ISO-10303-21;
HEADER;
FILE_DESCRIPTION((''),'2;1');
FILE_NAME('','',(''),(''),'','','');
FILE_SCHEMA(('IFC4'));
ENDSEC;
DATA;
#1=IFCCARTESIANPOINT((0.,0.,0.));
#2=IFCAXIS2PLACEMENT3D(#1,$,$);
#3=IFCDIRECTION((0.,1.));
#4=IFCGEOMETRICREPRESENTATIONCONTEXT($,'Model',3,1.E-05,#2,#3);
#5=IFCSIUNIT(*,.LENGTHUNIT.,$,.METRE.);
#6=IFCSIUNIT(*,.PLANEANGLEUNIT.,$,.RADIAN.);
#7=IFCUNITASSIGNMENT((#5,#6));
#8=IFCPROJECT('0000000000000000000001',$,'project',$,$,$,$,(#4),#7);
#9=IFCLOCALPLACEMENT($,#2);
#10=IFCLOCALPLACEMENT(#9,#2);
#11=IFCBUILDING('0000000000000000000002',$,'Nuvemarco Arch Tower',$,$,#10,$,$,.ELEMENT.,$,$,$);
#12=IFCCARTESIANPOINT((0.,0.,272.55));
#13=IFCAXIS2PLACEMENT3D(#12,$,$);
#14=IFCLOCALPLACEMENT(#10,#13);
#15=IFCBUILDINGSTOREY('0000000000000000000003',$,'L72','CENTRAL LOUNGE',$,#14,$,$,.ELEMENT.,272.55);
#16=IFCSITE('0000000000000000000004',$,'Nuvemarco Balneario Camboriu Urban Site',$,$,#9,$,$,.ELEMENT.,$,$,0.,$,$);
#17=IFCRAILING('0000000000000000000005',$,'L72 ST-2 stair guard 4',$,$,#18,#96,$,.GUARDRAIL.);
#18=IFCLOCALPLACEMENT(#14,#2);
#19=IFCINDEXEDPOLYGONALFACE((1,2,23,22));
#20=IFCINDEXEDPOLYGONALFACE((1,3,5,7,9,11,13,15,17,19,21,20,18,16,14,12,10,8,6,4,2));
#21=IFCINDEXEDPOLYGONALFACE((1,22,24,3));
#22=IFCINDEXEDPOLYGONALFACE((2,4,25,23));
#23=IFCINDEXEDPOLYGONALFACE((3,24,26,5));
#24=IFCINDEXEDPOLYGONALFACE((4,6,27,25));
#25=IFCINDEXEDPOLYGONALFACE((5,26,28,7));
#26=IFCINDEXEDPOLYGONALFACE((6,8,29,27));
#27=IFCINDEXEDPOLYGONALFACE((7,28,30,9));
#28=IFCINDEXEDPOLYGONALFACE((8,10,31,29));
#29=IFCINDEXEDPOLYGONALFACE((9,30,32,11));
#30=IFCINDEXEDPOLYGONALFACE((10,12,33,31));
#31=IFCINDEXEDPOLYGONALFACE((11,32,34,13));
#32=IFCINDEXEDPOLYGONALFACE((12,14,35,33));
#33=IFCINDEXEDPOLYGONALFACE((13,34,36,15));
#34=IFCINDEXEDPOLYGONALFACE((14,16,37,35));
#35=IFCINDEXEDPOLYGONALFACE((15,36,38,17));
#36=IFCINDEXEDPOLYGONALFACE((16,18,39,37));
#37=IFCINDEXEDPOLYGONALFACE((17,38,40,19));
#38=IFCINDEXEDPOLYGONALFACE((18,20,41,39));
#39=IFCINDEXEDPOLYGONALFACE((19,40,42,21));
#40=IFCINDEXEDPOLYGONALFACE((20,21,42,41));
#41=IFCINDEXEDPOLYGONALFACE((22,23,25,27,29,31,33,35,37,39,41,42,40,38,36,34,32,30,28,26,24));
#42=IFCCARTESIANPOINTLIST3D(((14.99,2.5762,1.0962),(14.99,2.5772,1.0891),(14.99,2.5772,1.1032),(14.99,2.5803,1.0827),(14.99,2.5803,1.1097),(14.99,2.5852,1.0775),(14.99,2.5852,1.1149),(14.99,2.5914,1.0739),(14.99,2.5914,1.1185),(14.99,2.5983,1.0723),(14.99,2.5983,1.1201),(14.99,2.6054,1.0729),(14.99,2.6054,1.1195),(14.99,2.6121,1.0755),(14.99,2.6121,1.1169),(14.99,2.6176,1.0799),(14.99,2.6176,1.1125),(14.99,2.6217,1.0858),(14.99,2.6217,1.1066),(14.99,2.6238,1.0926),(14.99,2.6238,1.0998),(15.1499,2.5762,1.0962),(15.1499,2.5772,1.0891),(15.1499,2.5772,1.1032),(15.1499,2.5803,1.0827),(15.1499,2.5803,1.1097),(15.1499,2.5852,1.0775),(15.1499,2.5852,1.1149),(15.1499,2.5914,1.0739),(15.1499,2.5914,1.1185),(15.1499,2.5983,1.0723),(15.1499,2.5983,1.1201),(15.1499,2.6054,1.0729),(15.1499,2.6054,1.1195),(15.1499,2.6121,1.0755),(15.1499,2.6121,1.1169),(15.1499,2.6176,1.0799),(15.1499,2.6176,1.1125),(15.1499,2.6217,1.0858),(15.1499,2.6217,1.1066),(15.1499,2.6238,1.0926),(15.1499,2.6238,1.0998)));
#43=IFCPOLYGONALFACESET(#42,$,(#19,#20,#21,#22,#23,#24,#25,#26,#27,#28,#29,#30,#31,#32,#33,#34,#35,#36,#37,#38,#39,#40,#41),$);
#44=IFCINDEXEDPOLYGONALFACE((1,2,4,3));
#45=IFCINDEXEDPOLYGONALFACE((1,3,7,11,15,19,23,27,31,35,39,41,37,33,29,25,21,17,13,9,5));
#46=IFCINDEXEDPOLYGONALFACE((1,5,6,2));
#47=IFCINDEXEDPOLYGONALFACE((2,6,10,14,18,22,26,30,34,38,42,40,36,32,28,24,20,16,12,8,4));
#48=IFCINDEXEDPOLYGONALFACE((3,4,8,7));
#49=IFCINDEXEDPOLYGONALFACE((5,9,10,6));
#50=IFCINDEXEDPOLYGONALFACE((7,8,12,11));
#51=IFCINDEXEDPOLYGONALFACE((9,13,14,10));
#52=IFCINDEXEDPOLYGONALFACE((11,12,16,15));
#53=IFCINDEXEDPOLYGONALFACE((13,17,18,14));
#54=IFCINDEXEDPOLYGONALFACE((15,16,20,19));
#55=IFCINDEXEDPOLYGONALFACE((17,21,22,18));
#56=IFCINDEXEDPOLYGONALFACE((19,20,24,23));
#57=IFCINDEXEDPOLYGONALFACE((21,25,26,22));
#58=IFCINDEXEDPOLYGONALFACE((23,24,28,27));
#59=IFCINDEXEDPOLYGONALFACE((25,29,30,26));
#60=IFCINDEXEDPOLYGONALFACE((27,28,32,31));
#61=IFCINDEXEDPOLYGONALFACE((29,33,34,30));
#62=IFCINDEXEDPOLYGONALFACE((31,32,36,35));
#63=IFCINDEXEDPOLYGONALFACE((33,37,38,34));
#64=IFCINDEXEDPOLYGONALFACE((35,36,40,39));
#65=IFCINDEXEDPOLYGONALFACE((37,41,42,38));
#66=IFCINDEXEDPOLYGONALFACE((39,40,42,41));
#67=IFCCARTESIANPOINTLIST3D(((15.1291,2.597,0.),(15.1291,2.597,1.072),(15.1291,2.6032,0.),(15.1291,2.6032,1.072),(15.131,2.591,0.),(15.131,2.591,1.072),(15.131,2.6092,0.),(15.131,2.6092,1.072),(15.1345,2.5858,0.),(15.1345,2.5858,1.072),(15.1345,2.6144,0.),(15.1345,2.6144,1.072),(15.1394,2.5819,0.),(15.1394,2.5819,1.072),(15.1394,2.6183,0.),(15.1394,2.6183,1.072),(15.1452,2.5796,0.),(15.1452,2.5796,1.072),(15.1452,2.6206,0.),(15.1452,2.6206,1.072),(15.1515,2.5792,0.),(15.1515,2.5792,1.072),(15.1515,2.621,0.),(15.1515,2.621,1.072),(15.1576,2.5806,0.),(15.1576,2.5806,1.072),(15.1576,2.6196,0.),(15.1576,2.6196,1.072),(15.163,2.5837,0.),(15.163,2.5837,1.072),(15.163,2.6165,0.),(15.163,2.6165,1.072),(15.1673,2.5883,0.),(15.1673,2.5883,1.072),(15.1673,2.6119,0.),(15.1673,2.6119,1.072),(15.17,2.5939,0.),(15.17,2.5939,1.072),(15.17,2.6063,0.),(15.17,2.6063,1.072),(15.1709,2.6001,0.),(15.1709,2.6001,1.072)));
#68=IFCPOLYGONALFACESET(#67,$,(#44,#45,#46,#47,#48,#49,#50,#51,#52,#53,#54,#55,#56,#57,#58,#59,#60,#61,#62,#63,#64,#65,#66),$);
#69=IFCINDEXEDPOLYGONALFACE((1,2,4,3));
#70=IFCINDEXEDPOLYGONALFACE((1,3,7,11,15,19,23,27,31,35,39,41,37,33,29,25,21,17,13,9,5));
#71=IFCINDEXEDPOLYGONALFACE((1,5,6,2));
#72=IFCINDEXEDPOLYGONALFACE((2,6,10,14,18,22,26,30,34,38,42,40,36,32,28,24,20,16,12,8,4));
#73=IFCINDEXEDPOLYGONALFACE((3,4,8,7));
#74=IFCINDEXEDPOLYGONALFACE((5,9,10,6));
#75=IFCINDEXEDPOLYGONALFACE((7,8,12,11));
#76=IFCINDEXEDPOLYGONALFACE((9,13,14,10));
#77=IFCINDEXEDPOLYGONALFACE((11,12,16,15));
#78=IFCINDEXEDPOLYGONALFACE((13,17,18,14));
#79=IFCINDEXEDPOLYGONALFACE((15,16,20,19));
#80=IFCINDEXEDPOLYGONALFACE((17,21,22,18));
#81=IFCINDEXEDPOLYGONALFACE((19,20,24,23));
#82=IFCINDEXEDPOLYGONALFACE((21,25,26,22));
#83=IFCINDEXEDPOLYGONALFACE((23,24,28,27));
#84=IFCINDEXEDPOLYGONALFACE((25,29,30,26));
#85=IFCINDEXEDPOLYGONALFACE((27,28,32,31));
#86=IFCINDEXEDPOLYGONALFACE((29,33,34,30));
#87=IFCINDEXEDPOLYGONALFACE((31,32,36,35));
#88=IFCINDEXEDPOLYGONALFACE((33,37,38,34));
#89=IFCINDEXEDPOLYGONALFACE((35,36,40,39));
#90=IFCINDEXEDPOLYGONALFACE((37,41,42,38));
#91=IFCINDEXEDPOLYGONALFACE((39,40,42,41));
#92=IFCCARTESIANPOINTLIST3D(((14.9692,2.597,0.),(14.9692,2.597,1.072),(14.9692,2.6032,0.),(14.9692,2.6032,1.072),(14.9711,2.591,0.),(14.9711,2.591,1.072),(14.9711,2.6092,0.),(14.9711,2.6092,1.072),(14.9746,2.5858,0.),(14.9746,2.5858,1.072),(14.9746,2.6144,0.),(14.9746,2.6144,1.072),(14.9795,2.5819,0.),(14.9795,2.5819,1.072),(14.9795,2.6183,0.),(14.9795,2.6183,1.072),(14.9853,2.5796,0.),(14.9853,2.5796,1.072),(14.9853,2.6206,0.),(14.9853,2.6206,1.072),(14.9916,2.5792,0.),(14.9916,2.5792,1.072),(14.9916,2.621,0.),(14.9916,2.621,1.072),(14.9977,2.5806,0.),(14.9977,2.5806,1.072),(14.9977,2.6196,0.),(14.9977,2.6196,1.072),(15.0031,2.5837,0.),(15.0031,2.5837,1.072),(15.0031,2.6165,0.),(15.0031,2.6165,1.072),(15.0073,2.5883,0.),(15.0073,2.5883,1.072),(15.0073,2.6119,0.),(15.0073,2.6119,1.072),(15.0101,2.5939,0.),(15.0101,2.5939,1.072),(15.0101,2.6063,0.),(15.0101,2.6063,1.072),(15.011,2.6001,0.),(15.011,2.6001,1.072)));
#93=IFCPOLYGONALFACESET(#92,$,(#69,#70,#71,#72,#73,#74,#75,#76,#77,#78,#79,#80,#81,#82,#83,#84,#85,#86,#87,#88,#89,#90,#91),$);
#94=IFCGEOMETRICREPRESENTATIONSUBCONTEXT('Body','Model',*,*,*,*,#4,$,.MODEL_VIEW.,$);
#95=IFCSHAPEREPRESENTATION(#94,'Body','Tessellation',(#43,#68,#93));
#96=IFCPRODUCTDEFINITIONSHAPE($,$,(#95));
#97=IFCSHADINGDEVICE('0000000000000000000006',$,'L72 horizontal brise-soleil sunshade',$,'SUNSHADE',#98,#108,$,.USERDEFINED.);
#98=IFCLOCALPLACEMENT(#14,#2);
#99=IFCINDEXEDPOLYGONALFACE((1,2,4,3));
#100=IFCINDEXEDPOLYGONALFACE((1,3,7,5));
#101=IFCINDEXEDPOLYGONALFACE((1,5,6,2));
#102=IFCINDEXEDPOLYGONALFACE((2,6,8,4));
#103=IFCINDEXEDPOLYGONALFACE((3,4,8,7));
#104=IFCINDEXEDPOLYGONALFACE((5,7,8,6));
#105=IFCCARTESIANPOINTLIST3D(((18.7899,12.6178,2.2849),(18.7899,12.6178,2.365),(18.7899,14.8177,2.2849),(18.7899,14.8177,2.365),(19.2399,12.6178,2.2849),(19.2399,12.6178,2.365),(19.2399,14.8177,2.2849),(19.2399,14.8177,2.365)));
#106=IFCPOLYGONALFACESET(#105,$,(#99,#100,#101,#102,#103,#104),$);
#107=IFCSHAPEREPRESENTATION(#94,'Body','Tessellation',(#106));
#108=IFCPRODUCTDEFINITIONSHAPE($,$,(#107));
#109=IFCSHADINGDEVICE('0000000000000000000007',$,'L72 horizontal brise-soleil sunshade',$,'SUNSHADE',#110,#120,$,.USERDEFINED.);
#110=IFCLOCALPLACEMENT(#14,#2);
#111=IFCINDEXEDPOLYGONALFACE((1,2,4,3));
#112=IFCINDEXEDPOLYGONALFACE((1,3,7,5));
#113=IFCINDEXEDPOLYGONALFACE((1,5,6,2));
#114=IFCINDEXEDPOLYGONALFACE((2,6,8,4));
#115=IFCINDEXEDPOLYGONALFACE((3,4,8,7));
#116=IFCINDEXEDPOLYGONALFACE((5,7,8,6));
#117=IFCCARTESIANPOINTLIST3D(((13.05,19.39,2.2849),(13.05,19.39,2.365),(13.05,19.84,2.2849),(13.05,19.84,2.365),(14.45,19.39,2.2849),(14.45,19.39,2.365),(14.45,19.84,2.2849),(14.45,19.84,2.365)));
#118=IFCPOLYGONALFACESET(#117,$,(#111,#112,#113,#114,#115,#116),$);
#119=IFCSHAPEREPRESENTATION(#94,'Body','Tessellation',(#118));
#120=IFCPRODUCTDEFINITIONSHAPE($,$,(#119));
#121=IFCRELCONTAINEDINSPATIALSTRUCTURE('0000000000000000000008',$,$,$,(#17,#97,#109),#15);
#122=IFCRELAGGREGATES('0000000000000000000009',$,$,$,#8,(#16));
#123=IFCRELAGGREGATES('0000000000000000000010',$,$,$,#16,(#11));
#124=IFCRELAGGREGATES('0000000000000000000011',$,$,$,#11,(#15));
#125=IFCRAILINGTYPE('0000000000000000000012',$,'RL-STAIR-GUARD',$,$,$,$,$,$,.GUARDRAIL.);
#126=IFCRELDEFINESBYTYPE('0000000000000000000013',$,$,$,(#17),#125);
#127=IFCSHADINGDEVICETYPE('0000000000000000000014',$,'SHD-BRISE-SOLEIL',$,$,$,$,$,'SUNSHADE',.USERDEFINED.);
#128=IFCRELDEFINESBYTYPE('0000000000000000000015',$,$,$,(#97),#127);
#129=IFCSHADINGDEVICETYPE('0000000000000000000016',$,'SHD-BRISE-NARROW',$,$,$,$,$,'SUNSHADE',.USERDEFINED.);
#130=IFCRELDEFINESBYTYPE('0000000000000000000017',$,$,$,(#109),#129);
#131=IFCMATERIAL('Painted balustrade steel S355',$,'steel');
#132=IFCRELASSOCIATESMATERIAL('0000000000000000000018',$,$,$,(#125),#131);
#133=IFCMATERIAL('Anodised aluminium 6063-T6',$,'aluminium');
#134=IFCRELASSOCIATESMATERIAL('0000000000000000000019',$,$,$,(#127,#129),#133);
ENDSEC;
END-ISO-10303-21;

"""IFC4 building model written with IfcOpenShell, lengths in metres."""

from ifc_helpers import new_model, si_unit, direction, frame, origin, origin_2d, place, context, subcontext, project, spatial, rectangle, circle, extrude, source, transform, mapped, material, type_object, type_shapes, element, save


model = new_model("IFC4")

# Units and contexts
model_context = context("Model", 3, precision=1e-05, world=origin(), true_north=direction((0.0, 1.0)))
body_context = subcontext(model_context, "Body", "Model", "MODEL_VIEW")
ifc_project = project(units=[si_unit("LENGTHUNIT", "METRE"), si_unit("PLANEANGLEUNIT", "RADIAN")], contexts=[model_context])

# Site, building, storey
site_placement = place(None, origin())
site = spatial("IfcSite", under=ifc_project, at=site_placement, Name="Nuvemarco Balneario Camboriu Urban Site", CompositionType="ELEMENT", RefElevation=0.0)
building_placement = place(site_placement, origin())
building = spatial("IfcBuilding", under=site, at=building_placement, Name="Nuvemarco Arch Tower", CompositionType="ELEMENT")
storey_placement = place(building_placement, frame((0.0, 0.0, 272.55)))
storey = spatial("IfcBuildingStorey", under=building, at=storey_placement, Name="L72", Description="CENTRAL LOUNGE", CompositionType="ELEMENT", Elevation=272.55)

# Railing
ifc_material_1 = material(Name="Painted balustrade steel S355", Category="steel")
railing_type_1 = type_object("IfcRailingType", Name="RL-STAIR-GUARD", PredefinedType="GUARDRAIL", material=ifc_material_1)
railing_1_placement = place(storey_placement, frame((15.1499, 2.6001, 0.0)))
element("IfcRailing", 1, at=railing_1_placement, inside=storey, type_object=railing_type_1, Name="L72 ST-2 stair guard 4", PredefinedType="GUARDRAIL", context=body_context, shape_type="SweptSolid", body=[
    extrude(circle(Radius=0.0239, at=origin_2d()), frame((0.0, 0.0, 1.0962), z_axis=(-1.0, 0.0, 0.0), x_axis=(0.0, -1.0, 0.0)), (0.0, 0.0, 1.0), 0.1599),
    extrude(circle(Radius=0.021, at=origin_2d()), origin(), (0.0, 0.0, 1.0), 1.072),
    extrude(circle(Radius=0.021, at=origin_2d()), frame((-0.1599, 0.0, 0.0)), (0.0, 0.0, 1.0), 1.072),
])

# Shading devices
ifc_material_2 = material(Name="Anodised aluminium 6063-T6", Category="aluminium")
shading_device_type_1 = type_object("IfcShadingDeviceType", Name="SHD-BRISE-SOLEIL", ElementType="SUNSHADE", PredefinedType="USERDEFINED", material=ifc_material_2)
shared_shape_1 = source(origin(), body_context, "Body", "SweptSolid", [
    extrude(rectangle(XDim=2.2, YDim=0.45, at=origin_2d()), origin(), (0.0, 0.0, 1.0), 0.0801),
])
type_shapes(shading_device_type_1, [shared_shape_1])
shading_device_1_placement = place(storey_placement, frame((19.0149, 13.7178, 2.2849), z_axis=(0.0, 0.0, 1.0), x_axis=(0.0, 1.0, 0.0)))
element("IfcShadingDevice", 2, at=shading_device_1_placement, inside=storey, type_object=shading_device_type_1, Name="L72 horizontal brise-soleil sunshade", ObjectType="SUNSHADE", PredefinedType="USERDEFINED", context=body_context, shape_type="MappedRepresentation", body=[
    mapped(shared_shape_1, transform((0.0, 0.0, 0.0), scale=1.0)),
])
shading_device_type_2 = type_object("IfcShadingDeviceType", Name="SHD-BRISE-NARROW", ElementType="SUNSHADE", PredefinedType="USERDEFINED", material=ifc_material_2)
shared_shape_2 = source(origin(), body_context, "Body", "SweptSolid", [
    extrude(rectangle(XDim=1.3999, YDim=0.45, at=origin_2d()), origin(), (0.0, 0.0, 1.0), 0.0801),
])
type_shapes(shading_device_type_2, [shared_shape_2])
shading_device_2_placement = place(storey_placement, frame((13.75, 19.615, 2.2849), z_axis=(0.0, 0.0, 1.0), x_axis=(1.0, 0.0, 0.0)))
element("IfcShadingDevice", 3, at=shading_device_2_placement, inside=storey, type_object=shading_device_type_2, Name="L72 horizontal brise-soleil sunshade", ObjectType="SUNSHADE", PredefinedType="USERDEFINED", context=body_context, shape_type="MappedRepresentation", body=[
    mapped(shared_shape_2, transform((0.0, 0.0, 0.0), scale=1.0)),
])

save(model, "model.ifc")
